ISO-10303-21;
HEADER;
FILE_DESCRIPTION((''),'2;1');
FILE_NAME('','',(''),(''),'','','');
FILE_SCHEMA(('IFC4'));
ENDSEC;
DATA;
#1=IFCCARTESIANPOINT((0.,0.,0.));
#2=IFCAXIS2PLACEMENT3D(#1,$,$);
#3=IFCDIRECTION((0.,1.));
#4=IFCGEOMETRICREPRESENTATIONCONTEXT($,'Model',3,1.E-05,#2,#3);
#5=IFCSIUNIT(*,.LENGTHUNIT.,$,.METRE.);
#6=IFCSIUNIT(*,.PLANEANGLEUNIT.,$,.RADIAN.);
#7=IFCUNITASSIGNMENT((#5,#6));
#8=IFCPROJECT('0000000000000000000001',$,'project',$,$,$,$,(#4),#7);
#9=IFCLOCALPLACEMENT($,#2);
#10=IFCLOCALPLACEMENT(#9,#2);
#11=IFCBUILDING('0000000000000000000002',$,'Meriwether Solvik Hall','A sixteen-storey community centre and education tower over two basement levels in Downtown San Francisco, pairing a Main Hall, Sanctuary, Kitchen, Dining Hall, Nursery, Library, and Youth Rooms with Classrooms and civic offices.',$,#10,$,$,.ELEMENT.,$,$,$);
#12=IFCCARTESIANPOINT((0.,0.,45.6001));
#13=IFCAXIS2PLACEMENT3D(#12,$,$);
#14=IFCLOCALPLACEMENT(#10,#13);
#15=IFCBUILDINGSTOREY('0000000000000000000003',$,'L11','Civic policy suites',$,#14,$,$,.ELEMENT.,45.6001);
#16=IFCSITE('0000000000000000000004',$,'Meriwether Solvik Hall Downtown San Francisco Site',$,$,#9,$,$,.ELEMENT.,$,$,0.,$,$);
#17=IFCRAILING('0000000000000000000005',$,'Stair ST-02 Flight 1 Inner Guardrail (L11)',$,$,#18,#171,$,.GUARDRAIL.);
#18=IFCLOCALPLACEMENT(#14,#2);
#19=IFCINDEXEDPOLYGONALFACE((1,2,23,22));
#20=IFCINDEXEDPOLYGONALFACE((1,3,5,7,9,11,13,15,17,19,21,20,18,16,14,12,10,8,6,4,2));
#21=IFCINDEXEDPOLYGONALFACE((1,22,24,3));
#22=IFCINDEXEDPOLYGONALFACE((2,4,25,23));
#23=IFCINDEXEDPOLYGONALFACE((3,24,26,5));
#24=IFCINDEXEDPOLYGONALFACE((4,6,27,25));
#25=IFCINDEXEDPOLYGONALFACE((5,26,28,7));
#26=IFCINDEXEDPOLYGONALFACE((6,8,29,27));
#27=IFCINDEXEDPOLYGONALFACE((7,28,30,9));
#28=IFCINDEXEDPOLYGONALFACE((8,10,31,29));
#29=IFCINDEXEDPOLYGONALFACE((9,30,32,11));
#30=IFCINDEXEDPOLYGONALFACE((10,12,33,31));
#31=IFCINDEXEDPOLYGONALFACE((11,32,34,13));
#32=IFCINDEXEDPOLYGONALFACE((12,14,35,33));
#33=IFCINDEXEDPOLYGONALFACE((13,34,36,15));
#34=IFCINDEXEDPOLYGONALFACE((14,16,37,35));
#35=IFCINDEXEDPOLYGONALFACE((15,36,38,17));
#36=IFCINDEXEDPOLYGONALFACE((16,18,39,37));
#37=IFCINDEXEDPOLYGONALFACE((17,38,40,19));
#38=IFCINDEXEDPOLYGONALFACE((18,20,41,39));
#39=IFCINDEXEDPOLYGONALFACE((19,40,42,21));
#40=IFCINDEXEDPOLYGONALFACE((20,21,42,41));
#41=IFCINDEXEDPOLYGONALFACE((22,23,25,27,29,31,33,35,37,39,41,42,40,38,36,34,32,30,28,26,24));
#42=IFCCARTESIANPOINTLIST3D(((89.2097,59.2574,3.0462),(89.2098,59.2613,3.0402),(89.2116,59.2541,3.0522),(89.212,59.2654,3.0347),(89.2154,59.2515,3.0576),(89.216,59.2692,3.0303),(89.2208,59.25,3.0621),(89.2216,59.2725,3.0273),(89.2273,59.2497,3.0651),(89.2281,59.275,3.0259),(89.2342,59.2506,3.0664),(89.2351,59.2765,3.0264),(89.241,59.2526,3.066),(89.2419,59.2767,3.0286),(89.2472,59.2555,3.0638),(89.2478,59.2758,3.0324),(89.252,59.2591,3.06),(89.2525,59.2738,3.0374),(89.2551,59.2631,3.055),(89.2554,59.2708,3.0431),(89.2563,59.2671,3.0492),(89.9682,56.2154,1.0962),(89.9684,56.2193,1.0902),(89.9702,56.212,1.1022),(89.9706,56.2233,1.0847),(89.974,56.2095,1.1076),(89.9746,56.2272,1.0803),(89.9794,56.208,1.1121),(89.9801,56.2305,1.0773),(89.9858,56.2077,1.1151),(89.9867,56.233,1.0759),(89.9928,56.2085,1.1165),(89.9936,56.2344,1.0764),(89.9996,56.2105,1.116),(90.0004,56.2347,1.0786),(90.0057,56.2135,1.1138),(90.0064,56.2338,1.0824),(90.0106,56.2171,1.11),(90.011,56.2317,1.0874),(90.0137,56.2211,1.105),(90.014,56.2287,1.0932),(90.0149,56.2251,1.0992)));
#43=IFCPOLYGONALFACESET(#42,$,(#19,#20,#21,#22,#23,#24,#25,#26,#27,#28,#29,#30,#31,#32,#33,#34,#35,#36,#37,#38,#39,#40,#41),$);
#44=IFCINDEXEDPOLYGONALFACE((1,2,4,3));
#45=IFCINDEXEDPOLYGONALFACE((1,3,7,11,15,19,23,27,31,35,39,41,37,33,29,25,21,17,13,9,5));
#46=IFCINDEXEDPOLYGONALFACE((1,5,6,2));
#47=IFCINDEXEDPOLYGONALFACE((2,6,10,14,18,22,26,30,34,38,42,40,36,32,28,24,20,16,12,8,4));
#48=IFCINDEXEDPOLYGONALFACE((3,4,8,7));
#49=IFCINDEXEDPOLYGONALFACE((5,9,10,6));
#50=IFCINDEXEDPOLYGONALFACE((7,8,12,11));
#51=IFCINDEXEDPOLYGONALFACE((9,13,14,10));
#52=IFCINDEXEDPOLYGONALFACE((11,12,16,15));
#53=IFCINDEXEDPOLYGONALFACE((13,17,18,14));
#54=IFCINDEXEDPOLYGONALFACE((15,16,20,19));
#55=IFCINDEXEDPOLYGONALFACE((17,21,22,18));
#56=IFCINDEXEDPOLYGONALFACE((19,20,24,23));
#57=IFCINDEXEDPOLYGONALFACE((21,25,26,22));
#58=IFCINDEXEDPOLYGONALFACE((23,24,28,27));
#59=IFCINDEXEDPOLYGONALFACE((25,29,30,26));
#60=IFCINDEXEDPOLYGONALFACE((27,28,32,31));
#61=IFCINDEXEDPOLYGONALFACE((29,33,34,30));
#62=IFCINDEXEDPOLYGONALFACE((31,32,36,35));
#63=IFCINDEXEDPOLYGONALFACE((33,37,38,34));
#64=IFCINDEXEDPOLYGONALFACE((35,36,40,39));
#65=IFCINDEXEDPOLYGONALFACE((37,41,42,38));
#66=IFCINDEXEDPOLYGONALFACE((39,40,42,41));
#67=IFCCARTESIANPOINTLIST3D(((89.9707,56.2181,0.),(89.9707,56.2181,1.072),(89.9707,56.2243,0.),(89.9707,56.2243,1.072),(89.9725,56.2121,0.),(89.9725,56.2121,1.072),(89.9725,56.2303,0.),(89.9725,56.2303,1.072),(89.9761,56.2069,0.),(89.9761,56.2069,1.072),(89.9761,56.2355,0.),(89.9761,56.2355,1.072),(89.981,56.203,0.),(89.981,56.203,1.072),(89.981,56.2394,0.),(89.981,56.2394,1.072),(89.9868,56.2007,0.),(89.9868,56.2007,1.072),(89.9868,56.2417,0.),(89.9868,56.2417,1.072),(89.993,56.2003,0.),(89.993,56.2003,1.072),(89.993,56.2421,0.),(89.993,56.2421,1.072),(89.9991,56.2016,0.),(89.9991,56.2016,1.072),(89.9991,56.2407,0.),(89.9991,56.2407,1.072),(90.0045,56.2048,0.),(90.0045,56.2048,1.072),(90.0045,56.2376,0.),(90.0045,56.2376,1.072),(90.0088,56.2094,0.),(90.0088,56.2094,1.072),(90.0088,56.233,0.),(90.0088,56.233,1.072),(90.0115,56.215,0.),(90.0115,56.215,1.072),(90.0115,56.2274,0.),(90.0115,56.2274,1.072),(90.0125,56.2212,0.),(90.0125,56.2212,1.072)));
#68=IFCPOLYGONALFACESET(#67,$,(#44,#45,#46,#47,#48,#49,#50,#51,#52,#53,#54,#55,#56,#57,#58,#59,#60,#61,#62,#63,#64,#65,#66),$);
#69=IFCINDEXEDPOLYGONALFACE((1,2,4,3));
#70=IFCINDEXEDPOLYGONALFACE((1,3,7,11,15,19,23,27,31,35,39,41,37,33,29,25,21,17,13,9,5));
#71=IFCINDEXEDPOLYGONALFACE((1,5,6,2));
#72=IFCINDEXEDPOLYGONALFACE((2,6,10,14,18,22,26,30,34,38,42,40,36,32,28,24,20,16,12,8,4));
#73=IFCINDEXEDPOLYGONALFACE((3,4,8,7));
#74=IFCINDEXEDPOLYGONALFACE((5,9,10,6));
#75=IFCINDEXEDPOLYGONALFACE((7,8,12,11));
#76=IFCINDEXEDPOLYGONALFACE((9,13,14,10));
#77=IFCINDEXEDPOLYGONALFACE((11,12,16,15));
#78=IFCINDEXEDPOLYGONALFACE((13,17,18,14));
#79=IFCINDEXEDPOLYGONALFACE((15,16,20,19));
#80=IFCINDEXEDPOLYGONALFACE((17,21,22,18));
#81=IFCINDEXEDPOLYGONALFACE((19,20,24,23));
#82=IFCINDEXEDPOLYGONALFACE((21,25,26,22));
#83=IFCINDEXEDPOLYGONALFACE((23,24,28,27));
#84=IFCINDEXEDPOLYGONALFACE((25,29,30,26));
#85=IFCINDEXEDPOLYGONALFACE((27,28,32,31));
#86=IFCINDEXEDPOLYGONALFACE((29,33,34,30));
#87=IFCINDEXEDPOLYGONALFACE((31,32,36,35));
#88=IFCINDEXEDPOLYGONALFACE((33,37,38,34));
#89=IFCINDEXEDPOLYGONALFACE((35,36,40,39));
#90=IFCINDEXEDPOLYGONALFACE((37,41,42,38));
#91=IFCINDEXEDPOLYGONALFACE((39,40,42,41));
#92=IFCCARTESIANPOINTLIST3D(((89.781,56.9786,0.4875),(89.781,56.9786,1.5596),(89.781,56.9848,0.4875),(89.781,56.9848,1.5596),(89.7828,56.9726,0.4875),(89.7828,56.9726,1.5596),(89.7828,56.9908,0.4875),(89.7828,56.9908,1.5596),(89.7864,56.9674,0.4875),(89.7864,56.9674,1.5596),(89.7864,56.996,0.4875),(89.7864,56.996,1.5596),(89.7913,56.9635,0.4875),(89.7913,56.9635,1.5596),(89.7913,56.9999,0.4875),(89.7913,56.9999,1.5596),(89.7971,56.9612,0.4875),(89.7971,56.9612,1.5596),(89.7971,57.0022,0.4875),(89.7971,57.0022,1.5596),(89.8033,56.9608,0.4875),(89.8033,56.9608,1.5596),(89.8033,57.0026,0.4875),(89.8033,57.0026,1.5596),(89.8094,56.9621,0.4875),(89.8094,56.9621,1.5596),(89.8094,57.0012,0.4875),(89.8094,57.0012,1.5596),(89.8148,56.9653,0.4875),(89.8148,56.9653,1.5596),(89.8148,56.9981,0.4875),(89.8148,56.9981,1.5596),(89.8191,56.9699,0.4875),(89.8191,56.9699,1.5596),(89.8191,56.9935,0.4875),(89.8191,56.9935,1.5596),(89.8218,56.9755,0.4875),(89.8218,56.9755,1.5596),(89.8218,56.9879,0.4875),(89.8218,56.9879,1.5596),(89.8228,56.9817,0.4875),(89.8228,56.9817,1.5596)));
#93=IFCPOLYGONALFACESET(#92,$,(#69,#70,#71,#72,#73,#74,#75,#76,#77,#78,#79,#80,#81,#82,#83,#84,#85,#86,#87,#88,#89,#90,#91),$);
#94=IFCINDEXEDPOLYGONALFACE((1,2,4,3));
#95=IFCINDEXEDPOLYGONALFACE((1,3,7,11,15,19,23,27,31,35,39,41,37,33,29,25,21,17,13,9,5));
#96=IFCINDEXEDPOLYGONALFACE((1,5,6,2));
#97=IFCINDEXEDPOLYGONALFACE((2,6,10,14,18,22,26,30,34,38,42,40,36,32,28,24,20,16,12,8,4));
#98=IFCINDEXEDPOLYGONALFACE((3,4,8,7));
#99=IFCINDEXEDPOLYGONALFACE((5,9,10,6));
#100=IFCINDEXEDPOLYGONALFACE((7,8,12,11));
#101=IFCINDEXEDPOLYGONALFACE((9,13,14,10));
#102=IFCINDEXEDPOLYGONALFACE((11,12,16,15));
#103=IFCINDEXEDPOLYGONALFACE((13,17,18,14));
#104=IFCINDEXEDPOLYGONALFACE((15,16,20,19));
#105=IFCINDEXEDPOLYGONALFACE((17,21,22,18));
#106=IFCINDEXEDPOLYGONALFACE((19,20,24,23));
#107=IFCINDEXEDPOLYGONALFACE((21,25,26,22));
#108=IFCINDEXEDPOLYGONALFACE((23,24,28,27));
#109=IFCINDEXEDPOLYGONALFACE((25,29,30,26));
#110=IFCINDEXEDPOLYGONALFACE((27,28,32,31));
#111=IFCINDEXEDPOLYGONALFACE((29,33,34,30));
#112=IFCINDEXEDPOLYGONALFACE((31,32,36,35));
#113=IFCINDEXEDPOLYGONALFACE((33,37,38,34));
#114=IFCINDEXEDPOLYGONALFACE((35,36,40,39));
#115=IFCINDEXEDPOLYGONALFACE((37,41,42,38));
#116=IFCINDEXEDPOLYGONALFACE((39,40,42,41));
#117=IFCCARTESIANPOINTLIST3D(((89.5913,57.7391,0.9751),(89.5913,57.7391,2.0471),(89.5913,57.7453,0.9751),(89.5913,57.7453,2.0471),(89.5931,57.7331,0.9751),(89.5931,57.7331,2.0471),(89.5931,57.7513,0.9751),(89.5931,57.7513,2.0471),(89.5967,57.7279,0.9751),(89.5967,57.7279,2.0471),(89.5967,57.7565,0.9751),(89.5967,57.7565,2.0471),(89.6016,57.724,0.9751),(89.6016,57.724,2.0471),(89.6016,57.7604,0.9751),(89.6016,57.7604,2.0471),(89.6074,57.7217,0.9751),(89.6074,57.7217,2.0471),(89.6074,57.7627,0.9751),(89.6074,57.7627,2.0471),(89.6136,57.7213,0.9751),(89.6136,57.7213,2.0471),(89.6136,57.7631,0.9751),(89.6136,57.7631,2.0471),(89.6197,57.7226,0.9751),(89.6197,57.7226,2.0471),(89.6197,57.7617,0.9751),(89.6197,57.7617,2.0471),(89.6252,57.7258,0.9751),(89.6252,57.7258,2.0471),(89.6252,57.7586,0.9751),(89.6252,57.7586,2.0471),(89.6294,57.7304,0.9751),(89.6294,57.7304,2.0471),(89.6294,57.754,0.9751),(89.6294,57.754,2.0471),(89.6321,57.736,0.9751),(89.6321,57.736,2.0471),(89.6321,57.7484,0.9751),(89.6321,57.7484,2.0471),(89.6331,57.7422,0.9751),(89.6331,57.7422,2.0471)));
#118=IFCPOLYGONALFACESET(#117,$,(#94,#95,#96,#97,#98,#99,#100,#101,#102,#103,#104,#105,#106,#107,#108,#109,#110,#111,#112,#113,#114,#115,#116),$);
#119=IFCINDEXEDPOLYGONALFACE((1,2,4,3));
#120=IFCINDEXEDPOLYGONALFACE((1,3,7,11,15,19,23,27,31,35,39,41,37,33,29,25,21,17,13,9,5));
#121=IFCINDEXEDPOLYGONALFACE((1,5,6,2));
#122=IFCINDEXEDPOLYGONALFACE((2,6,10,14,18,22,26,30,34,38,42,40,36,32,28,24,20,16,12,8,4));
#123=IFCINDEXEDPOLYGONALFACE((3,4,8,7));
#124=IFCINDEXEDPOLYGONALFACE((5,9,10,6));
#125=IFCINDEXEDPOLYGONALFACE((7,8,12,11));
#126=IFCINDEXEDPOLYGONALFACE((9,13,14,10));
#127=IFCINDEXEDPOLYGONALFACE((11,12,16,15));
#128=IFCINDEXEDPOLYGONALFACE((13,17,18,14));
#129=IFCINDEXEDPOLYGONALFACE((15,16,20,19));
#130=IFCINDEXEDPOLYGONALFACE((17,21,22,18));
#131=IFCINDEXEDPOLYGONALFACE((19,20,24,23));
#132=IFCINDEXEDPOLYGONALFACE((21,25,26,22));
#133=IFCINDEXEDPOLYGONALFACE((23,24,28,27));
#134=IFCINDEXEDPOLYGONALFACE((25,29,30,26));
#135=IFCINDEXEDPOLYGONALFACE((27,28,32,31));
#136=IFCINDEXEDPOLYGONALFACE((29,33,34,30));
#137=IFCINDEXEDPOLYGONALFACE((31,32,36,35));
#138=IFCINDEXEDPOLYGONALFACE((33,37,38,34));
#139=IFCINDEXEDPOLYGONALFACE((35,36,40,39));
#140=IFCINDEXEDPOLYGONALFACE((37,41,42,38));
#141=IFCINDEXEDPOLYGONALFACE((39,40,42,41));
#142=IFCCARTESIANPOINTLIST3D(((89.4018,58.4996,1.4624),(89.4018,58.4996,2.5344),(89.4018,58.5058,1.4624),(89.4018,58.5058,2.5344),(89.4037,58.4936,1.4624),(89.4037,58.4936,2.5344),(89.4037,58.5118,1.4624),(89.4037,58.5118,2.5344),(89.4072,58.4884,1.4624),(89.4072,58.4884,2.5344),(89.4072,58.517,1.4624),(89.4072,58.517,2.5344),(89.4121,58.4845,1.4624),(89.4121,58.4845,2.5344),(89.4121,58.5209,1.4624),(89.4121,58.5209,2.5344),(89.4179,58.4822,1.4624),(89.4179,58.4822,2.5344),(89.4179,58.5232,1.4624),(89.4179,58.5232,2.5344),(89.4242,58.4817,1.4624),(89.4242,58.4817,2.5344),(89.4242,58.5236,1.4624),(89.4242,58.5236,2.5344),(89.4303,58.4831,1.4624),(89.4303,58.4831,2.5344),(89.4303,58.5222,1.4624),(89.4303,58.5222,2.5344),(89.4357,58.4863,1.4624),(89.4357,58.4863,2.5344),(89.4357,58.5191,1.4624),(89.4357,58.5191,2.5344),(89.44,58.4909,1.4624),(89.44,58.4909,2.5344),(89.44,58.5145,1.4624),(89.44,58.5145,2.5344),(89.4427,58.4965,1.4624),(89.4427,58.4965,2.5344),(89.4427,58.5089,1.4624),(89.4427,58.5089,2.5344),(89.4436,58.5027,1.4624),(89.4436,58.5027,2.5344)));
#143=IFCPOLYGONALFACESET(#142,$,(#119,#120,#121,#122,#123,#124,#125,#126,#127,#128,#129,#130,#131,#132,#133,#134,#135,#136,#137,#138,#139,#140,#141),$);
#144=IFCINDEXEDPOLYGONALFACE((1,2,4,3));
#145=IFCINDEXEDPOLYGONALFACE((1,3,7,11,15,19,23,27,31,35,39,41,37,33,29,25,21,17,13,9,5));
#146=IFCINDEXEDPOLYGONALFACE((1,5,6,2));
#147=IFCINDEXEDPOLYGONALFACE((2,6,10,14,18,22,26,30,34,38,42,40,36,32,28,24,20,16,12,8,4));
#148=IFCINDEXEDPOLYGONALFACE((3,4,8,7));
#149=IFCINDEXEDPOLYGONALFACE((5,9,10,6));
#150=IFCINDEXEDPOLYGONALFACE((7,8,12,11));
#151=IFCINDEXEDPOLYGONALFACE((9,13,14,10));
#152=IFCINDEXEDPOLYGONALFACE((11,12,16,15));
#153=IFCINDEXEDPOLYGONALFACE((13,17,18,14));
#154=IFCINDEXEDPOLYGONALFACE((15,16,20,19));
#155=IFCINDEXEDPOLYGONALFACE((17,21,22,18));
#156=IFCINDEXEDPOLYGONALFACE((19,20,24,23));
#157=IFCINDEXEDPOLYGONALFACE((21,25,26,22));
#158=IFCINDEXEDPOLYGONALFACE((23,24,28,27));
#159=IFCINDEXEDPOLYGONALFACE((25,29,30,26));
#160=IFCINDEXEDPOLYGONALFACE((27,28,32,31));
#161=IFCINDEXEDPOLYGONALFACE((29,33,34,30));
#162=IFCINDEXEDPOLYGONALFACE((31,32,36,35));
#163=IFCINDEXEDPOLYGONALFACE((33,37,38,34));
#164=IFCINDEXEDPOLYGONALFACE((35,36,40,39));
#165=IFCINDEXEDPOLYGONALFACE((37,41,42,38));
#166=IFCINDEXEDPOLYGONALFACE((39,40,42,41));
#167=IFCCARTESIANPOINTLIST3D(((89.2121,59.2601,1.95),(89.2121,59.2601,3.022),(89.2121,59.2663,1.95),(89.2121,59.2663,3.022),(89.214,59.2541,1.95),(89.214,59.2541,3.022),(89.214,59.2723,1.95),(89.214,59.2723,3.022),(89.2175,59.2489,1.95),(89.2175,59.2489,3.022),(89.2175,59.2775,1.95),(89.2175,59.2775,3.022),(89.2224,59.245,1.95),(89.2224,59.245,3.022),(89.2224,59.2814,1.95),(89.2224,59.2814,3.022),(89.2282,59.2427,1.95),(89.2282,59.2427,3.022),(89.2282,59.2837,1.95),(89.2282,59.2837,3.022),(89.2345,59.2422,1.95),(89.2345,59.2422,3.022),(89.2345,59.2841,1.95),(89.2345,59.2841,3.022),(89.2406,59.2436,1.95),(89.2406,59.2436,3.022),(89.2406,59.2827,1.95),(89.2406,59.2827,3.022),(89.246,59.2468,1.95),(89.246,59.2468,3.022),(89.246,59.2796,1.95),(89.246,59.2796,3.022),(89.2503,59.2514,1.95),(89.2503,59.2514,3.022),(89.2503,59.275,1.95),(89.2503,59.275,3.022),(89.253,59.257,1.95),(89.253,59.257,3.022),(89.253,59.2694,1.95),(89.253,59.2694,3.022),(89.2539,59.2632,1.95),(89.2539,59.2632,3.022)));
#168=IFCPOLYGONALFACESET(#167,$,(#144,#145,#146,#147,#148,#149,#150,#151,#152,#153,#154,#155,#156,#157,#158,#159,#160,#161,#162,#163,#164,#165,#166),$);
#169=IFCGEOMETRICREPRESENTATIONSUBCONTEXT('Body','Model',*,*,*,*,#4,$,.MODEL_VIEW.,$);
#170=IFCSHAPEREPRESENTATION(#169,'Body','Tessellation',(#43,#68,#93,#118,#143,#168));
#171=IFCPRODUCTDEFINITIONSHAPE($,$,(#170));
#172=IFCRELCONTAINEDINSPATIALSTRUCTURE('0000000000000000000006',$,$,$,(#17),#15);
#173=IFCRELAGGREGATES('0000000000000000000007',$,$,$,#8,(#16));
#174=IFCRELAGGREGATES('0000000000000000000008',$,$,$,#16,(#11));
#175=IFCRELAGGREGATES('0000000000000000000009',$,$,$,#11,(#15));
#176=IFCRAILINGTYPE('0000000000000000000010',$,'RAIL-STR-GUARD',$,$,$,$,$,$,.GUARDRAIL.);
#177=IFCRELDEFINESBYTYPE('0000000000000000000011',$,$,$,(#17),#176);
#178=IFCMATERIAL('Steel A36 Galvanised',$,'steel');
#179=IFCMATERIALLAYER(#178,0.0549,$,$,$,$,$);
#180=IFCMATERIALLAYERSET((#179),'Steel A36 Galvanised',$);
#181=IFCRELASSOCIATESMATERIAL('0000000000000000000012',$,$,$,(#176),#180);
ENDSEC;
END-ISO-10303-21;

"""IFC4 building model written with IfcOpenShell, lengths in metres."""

from ifc_helpers import new_model, si_unit, direction, frame, origin, origin_2d, place, context, subcontext, project, spatial, circle, extrude, material, layer, layer_set, type_object, element, save


model = new_model("IFC4")

# Units and contexts
model_context = context("Model", 3, precision=1e-05, world=origin(), true_north=direction((0.0, 1.0)))
body_context = subcontext(model_context, "Body", "Model", "MODEL_VIEW")
ifc_project = project(units=[si_unit("LENGTHUNIT", "METRE"), si_unit("PLANEANGLEUNIT", "RADIAN")], contexts=[model_context])

# Site, building, storey
site_placement = place(None, origin())
site = spatial("IfcSite", under=ifc_project, at=site_placement, Name="Meriwether Solvik Hall Downtown San Francisco Site", CompositionType="ELEMENT", RefElevation=0.0)
building_placement = place(site_placement, origin())
building = spatial("IfcBuilding", under=site, at=building_placement, Name="Meriwether Solvik Hall", Description="A sixteen-storey community centre and education tower over two basement levels in Downtown San Francisco, pairing a Main Hall, Sanctuary, Kitchen, Dining Hall, Nursery, Library, and Youth Rooms with Classrooms and civic offices.", CompositionType="ELEMENT")
storey_placement = place(building_placement, frame((0.0, 0.0, 45.6001)))
storey = spatial("IfcBuildingStorey", under=building, at=storey_placement, Name="L11", Description="Civic policy suites", CompositionType="ELEMENT", Elevation=45.6001)

# Railing
ifc_material_1 = material(Name="Steel A36 Galvanised", Category="steel")
ifc_layer_1 = layer(ifc_material_1, 0.0549)
ifc_layer_set_1 = layer_set([ifc_layer_1], Name="Steel A36 Galvanised")
railing_type_1 = type_object("IfcRailingType", Name="RAIL-STR-GUARD", PredefinedType="GUARDRAIL", material=ifc_layer_set_1)
railing_1_placement = place(storey_placement, frame((89.9915, 56.2212, 0.0)))
element("IfcRailing", 1, at=railing_1_placement, inside=storey, type_object=railing_type_1, Name="Stair ST-02 Flight 1 Inner Guardrail (L11)", PredefinedType="GUARDRAIL", context=body_context, shape_type="SweptSolid", body=[
    extrude(circle(Radius=0.0239, at=origin_2d()), frame((0.0, 0.0, 1.0962), z_axis=(-0.205452, 0.823925, 0.528145), x_axis=(-0.970289, -0.241949, 0.0)), (0.0, 0.0, 1.0), 3.6921),
    extrude(circle(Radius=0.021, at=origin_2d()), origin(), (0.0, 0.0, 1.0), 1.072),
    extrude(circle(Radius=0.021, at=origin_2d()), frame((-0.1897, 0.7605, 0.4875)), (0.0, 0.0, 1.0), 1.072),
    extrude(circle(Radius=0.021, at=origin_2d()), frame((-0.3794, 1.521, 0.9751)), (0.0, 0.0, 1.0), 1.072),
    extrude(circle(Radius=0.021, at=origin_2d()), frame((-0.5688, 2.2815, 1.4624)), (0.0, 0.0, 1.0), 1.072),
    extrude(circle(Radius=0.021, at=origin_2d()), frame((-0.7585, 3.042, 1.95)), (0.0, 0.0, 1.0), 1.072),
])

save(model, "model.ifc")
